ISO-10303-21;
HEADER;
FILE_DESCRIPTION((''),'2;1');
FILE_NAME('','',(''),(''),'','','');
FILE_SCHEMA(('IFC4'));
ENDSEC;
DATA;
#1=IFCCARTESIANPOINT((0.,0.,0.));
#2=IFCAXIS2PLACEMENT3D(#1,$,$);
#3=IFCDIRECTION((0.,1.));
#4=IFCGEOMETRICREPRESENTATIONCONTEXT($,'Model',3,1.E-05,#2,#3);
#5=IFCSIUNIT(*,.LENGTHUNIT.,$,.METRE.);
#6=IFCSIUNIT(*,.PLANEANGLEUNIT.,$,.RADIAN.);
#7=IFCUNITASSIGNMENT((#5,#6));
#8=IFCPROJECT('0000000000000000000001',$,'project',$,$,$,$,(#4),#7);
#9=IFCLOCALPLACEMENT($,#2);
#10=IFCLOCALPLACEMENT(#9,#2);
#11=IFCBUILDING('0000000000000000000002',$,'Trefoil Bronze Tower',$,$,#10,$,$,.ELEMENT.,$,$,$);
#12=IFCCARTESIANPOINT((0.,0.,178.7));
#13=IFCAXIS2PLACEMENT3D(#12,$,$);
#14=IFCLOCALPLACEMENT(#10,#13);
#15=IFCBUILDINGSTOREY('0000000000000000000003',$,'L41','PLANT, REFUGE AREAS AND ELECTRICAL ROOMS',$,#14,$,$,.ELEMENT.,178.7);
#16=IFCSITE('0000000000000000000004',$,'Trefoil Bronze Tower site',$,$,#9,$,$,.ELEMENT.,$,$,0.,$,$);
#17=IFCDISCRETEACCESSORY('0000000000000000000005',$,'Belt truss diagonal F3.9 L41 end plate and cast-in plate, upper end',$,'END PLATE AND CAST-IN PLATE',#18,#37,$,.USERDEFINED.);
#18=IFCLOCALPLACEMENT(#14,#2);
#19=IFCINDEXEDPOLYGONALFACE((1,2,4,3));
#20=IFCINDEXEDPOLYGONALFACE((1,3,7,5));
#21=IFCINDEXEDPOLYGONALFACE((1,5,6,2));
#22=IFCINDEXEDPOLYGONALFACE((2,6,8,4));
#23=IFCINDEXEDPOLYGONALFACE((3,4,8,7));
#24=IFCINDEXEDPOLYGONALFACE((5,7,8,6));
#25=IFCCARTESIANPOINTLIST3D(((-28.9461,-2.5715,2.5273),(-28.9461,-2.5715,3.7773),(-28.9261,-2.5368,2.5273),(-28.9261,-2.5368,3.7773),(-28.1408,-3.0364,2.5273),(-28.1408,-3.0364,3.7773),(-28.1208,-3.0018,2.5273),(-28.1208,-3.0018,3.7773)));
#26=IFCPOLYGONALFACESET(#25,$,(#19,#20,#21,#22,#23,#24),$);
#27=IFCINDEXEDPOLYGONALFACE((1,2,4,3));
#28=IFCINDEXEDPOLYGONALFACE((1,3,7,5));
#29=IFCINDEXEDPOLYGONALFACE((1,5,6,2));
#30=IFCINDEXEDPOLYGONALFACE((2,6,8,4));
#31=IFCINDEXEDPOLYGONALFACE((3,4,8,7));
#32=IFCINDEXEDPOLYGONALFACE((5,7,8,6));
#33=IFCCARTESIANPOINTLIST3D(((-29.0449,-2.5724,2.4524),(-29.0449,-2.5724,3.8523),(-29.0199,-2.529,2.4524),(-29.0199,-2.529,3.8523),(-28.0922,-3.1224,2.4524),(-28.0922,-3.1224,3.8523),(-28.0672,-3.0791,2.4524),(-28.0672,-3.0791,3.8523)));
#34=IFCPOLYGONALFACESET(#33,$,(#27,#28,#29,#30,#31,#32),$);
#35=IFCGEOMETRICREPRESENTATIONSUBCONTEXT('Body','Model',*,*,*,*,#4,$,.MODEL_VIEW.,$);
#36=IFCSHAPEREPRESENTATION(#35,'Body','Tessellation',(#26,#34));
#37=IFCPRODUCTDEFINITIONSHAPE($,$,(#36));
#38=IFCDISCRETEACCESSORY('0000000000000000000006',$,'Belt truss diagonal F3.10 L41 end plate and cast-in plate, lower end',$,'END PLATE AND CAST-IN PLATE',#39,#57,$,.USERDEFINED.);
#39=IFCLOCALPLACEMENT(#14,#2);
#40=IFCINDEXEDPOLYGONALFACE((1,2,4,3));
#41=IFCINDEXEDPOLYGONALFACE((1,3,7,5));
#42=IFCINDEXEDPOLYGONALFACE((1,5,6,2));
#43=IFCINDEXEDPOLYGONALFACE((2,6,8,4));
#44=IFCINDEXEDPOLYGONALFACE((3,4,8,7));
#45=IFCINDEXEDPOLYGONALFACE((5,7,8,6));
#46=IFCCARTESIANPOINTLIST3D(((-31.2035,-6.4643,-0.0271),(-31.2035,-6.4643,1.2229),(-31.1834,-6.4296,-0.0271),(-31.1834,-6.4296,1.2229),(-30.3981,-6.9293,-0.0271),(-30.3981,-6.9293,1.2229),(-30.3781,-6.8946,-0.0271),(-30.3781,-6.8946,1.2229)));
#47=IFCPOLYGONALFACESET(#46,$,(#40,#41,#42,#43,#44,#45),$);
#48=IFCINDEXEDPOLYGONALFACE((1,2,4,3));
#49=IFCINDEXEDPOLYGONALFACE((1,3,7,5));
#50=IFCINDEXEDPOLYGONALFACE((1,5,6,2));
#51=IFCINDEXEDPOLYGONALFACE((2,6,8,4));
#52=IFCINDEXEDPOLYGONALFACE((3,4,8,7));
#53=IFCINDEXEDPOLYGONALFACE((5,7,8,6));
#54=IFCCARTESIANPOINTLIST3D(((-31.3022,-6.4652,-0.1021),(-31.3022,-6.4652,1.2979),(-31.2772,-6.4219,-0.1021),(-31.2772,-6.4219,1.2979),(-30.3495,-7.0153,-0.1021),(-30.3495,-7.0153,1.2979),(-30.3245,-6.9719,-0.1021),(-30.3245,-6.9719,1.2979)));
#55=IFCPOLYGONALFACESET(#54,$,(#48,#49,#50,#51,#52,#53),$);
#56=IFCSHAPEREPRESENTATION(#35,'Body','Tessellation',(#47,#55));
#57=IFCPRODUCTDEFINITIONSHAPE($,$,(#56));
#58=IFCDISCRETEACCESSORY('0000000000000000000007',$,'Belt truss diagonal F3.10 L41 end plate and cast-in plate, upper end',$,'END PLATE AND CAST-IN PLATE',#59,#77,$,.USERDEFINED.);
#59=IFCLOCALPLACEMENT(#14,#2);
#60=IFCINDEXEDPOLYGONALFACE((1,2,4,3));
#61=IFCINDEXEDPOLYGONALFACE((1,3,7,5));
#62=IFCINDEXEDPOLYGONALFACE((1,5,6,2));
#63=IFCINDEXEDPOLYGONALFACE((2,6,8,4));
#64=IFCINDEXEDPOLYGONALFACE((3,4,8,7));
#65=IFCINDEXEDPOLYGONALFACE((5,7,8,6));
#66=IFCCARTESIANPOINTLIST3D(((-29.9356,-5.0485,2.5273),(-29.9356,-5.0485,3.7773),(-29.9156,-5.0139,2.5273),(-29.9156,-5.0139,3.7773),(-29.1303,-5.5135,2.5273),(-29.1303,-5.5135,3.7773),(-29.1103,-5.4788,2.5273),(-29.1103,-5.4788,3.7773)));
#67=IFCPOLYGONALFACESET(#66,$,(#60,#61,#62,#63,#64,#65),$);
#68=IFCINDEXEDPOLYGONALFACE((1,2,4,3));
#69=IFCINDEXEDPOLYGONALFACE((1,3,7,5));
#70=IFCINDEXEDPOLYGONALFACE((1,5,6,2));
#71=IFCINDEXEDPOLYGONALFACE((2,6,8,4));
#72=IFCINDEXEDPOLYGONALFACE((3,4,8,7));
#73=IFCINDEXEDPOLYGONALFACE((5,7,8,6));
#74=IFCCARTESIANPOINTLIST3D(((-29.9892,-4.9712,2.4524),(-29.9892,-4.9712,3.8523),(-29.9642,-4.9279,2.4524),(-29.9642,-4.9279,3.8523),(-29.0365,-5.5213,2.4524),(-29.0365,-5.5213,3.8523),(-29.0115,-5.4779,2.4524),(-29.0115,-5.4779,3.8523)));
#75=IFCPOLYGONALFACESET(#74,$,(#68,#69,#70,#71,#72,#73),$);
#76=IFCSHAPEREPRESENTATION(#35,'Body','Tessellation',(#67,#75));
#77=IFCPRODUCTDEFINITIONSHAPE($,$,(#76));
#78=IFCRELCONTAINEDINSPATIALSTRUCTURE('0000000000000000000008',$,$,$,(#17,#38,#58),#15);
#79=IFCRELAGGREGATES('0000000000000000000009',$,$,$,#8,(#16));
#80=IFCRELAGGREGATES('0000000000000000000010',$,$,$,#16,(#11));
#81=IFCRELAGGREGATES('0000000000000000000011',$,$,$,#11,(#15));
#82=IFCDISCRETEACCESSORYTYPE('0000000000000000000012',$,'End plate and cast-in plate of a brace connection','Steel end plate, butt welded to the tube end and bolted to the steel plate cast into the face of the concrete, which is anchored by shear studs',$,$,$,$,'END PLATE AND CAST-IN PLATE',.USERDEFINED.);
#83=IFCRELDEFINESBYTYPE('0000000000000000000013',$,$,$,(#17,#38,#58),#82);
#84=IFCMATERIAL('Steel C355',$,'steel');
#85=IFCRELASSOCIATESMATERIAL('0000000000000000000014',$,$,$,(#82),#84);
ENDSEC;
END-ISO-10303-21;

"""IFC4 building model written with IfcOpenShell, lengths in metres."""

from ifc_helpers import new_model, si_unit, direction, frame, origin, origin_2d, place, context, subcontext, project, spatial, rectangle, extrude, material, type_object, element, save


model = new_model("IFC4")

# Units and contexts
model_context = context("Model", 3, precision=1e-05, world=origin(), true_north=direction((0.0, 1.0)))
body_context = subcontext(model_context, "Body", "Model", "MODEL_VIEW")
ifc_project = project(units=[si_unit("LENGTHUNIT", "METRE"), si_unit("PLANEANGLEUNIT", "RADIAN")], contexts=[model_context])

# Site, building, storey
site_placement = place(None, origin())
site = spatial("IfcSite", under=ifc_project, at=site_placement, Name="Trefoil Bronze Tower site", CompositionType="ELEMENT", RefElevation=0.0)
building_placement = place(site_placement, origin())
building = spatial("IfcBuilding", under=site, at=building_placement, Name="Trefoil Bronze Tower", CompositionType="ELEMENT")
storey_placement = place(building_placement, frame((0.0, 0.0, 178.7)))
storey = spatial("IfcBuildingStorey", under=building, at=storey_placement, Name="L41", Description="PLANT, REFUGE AREAS AND ELECTRICAL ROOMS", CompositionType="ELEMENT", Elevation=178.7)

# Discrete accessories
ifc_material_1 = material(Name="Steel C355", Category="steel")
discrete_accessory_type = type_object("IfcDiscreteAccessoryType", Name="End plate and cast-in plate of a brace connection", Description="Steel end plate, butt welded to the tube end and bolted to the steel plate cast into the face of the concrete, which is anchored by shear studs", ElementType="END PLATE AND CAST-IN PLATE", PredefinedType="USERDEFINED", material=ifc_material_1)
for number, where, z_axis, x_axis, name in (
    (1, (-28.5435, -2.804, 3.1523), (0.0, 0.0, 1.0), (0.5, 0.866025, 0.0), "Belt truss diagonal F3.9 L41 end plate and cast-in plate, upper end"),
    (2, (-30.8008, -6.6968, 0.5979), (0.0, 0.0, 1.0), (0.5, 0.866025, 0.0), "Belt truss diagonal F3.10 L41 end plate and cast-in plate, lower end"),
    (3, (-29.5129, -5.2463, 3.1523), (0.0, 0.0, 1.0), (-0.5, -0.866025, 0.0), "Belt truss diagonal F3.10 L41 end plate and cast-in plate, upper end"),
):
    element("IfcDiscreteAccessory", number, at=place(storey_placement, frame(where, z_axis=z_axis, x_axis=x_axis)), inside=storey, type_object=discrete_accessory_type, Name=name, ObjectType="END PLATE AND CAST-IN PLATE", PredefinedType="USERDEFINED", context=body_context, shape_type="SweptSolid", body=[
        extrude(rectangle(XDim=0.04, YDim=0.9299, at=origin_2d()), frame((0.02, 0.0, -0.625)), (0.0, 0.0, 1.0), 1.25),
        extrude(rectangle(XDim=0.05, YDim=1.1001, at=origin_2d()), frame((-0.0251, 0.0, -0.7)), (0.0, 0.0, 1.0), 1.3999),
    ])

save(model, "model.ifc")
